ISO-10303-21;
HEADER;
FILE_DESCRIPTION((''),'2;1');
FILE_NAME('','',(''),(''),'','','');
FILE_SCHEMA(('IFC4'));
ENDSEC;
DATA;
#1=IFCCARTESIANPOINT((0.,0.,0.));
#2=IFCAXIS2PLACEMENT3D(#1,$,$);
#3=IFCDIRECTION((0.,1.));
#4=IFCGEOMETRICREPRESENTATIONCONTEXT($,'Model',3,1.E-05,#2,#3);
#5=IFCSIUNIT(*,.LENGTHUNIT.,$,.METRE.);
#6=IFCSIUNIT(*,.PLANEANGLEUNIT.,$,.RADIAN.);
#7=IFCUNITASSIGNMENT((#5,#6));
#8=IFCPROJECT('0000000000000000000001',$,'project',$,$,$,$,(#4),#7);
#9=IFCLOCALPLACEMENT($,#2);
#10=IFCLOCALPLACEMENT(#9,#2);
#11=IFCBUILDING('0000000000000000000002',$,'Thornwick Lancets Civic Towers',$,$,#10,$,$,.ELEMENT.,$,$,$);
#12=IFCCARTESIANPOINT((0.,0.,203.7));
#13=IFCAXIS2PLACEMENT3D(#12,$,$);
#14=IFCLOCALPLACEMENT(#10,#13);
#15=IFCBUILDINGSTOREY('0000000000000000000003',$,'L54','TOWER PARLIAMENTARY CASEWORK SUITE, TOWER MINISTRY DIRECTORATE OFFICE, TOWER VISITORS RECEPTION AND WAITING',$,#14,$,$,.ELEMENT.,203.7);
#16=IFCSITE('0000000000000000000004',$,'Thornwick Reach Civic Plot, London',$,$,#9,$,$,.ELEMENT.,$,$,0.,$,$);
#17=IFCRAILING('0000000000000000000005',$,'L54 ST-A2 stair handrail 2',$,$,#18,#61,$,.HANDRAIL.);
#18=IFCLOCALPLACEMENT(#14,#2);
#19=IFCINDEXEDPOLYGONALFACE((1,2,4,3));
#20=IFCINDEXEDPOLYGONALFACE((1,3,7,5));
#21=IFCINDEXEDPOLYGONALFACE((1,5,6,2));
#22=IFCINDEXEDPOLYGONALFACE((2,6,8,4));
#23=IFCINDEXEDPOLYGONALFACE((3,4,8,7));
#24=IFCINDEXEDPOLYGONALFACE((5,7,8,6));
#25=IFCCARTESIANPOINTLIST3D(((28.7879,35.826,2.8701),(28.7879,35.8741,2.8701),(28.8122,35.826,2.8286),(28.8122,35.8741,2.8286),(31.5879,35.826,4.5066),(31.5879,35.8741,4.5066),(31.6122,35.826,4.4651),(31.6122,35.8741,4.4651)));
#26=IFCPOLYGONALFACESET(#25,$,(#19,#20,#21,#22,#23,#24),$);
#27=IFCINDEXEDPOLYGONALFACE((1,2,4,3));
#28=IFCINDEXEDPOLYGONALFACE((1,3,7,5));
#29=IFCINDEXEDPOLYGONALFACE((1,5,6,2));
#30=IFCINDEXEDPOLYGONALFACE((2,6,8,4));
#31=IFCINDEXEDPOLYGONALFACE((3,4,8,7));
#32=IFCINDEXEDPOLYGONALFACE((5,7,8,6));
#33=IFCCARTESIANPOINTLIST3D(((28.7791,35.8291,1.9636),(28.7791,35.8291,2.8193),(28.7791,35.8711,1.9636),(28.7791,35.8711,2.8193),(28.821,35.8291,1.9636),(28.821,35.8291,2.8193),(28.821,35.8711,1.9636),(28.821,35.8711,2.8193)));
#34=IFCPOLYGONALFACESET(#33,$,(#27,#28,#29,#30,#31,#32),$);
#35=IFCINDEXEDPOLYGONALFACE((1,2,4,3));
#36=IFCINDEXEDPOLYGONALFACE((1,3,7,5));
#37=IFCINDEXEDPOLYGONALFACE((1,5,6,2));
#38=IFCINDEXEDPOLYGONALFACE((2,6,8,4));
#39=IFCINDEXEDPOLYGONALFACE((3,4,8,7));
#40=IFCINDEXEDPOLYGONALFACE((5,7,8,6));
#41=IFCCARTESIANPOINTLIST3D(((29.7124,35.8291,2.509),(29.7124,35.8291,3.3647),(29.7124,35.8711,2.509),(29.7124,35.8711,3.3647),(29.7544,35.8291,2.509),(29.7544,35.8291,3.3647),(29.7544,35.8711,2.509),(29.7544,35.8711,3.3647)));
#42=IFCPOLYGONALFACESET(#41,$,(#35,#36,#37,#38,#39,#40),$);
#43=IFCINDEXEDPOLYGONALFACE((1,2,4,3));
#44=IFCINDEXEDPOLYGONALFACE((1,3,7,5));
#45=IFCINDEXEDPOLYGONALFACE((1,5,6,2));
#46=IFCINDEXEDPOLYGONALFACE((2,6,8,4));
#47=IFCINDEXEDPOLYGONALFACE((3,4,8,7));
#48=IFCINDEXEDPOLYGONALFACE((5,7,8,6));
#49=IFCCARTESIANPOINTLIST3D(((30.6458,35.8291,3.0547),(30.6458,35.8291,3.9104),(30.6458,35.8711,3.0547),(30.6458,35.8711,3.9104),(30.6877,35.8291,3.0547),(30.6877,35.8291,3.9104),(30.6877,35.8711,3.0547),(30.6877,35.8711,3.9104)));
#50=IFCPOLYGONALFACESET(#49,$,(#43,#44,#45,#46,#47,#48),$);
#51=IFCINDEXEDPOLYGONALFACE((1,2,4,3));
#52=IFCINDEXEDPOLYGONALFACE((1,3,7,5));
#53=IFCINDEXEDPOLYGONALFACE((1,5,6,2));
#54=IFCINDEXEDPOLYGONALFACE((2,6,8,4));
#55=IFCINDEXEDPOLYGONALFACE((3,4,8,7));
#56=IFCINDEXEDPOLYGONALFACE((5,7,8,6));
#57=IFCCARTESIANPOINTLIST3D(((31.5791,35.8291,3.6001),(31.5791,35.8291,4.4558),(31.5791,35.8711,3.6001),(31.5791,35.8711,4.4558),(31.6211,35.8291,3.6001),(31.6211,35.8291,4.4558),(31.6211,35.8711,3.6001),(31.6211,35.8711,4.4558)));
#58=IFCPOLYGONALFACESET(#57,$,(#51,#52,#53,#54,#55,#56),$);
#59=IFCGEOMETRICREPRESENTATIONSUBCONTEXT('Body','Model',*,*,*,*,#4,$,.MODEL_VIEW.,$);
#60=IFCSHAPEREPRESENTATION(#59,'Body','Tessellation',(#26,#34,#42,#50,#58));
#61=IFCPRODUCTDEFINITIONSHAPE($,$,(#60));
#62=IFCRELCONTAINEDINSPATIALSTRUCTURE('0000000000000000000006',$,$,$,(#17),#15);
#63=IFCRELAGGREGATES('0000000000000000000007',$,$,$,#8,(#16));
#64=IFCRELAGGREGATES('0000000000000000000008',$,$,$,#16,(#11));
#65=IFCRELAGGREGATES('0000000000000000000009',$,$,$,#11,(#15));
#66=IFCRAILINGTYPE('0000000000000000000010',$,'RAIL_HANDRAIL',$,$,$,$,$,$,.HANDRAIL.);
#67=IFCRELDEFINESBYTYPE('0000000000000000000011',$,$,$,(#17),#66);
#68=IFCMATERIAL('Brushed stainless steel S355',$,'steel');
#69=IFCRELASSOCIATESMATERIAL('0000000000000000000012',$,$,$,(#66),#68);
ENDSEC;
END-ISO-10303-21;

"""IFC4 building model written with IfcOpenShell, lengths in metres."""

from ifc_helpers import new_model, si_unit, direction, frame, origin, origin_2d, place, context, subcontext, project, spatial, rectangle, extrude, material, type_object, element, save


model = new_model("IFC4")

# Units and contexts
model_context = context("Model", 3, precision=1e-05, world=origin(), true_north=direction((0.0, 1.0)))
body_context = subcontext(model_context, "Body", "Model", "MODEL_VIEW")
ifc_project = project(units=[si_unit("LENGTHUNIT", "METRE"), si_unit("PLANEANGLEUNIT", "RADIAN")], contexts=[model_context])

# Site, building, storey
site_placement = place(None, origin())
site = spatial("IfcSite", under=ifc_project, at=site_placement, Name="Thornwick Reach Civic Plot, London", CompositionType="ELEMENT", RefElevation=0.0)
building_placement = place(site_placement, origin())
building = spatial("IfcBuilding", under=site, at=building_placement, Name="Thornwick Lancets Civic Towers", CompositionType="ELEMENT")
storey_placement = place(building_placement, frame((0.0, 0.0, 203.7)))
storey = spatial("IfcBuildingStorey", under=building, at=storey_placement, Name="L54", Description="TOWER PARLIAMENTARY CASEWORK SUITE, TOWER MINISTRY DIRECTORATE OFFICE, TOWER VISITORS RECEPTION AND WAITING", CompositionType="ELEMENT", Elevation=203.7)

# Railing
ifc_material_1 = material(Name="Brushed stainless steel S355", Category="steel")
railing_type = type_object("IfcRailingType", Name="RAIL_HANDRAIL", PredefinedType="HANDRAIL", material=ifc_material_1)
railing_placement = place(storey_placement, frame((28.8, 35.8501, 1.9636)))
element("IfcRailing", 1, at=railing_placement, inside=storey, type_object=railing_type, Name="L54 ST-A2 stair handrail 2", PredefinedType="HANDRAIL", context=body_context, shape_type="SweptSolid", body=[
    extrude(rectangle(XDim=0.0481, YDim=0.0481, at=origin_2d()), frame((0.0, 0.0, 0.8857), z_axis=(0.863361, 0.0, 0.504587), x_axis=(0.0, 1.0, 0.0)), (0.0, 0.0, 1.0), 3.2432),
    extrude(rectangle(XDim=0.042, YDim=0.042, at=origin_2d()), origin(), (0.0, 0.0, 1.0), 0.8557),
    extrude(rectangle(XDim=0.042, YDim=0.042, at=origin_2d()), frame((0.9333, 0.0, 0.5454)), (0.0, 0.0, 1.0), 0.8557),
    extrude(rectangle(XDim=0.042, YDim=0.042, at=origin_2d()), frame((1.8667, 0.0, 1.0911)), (0.0, 0.0, 1.0), 0.8557),
    extrude(rectangle(XDim=0.042, YDim=0.042, at=origin_2d()), frame((2.8, 0.0, 1.6365)), (0.0, 0.0, 1.0), 0.8557),
])

save(model, "model.ifc")
